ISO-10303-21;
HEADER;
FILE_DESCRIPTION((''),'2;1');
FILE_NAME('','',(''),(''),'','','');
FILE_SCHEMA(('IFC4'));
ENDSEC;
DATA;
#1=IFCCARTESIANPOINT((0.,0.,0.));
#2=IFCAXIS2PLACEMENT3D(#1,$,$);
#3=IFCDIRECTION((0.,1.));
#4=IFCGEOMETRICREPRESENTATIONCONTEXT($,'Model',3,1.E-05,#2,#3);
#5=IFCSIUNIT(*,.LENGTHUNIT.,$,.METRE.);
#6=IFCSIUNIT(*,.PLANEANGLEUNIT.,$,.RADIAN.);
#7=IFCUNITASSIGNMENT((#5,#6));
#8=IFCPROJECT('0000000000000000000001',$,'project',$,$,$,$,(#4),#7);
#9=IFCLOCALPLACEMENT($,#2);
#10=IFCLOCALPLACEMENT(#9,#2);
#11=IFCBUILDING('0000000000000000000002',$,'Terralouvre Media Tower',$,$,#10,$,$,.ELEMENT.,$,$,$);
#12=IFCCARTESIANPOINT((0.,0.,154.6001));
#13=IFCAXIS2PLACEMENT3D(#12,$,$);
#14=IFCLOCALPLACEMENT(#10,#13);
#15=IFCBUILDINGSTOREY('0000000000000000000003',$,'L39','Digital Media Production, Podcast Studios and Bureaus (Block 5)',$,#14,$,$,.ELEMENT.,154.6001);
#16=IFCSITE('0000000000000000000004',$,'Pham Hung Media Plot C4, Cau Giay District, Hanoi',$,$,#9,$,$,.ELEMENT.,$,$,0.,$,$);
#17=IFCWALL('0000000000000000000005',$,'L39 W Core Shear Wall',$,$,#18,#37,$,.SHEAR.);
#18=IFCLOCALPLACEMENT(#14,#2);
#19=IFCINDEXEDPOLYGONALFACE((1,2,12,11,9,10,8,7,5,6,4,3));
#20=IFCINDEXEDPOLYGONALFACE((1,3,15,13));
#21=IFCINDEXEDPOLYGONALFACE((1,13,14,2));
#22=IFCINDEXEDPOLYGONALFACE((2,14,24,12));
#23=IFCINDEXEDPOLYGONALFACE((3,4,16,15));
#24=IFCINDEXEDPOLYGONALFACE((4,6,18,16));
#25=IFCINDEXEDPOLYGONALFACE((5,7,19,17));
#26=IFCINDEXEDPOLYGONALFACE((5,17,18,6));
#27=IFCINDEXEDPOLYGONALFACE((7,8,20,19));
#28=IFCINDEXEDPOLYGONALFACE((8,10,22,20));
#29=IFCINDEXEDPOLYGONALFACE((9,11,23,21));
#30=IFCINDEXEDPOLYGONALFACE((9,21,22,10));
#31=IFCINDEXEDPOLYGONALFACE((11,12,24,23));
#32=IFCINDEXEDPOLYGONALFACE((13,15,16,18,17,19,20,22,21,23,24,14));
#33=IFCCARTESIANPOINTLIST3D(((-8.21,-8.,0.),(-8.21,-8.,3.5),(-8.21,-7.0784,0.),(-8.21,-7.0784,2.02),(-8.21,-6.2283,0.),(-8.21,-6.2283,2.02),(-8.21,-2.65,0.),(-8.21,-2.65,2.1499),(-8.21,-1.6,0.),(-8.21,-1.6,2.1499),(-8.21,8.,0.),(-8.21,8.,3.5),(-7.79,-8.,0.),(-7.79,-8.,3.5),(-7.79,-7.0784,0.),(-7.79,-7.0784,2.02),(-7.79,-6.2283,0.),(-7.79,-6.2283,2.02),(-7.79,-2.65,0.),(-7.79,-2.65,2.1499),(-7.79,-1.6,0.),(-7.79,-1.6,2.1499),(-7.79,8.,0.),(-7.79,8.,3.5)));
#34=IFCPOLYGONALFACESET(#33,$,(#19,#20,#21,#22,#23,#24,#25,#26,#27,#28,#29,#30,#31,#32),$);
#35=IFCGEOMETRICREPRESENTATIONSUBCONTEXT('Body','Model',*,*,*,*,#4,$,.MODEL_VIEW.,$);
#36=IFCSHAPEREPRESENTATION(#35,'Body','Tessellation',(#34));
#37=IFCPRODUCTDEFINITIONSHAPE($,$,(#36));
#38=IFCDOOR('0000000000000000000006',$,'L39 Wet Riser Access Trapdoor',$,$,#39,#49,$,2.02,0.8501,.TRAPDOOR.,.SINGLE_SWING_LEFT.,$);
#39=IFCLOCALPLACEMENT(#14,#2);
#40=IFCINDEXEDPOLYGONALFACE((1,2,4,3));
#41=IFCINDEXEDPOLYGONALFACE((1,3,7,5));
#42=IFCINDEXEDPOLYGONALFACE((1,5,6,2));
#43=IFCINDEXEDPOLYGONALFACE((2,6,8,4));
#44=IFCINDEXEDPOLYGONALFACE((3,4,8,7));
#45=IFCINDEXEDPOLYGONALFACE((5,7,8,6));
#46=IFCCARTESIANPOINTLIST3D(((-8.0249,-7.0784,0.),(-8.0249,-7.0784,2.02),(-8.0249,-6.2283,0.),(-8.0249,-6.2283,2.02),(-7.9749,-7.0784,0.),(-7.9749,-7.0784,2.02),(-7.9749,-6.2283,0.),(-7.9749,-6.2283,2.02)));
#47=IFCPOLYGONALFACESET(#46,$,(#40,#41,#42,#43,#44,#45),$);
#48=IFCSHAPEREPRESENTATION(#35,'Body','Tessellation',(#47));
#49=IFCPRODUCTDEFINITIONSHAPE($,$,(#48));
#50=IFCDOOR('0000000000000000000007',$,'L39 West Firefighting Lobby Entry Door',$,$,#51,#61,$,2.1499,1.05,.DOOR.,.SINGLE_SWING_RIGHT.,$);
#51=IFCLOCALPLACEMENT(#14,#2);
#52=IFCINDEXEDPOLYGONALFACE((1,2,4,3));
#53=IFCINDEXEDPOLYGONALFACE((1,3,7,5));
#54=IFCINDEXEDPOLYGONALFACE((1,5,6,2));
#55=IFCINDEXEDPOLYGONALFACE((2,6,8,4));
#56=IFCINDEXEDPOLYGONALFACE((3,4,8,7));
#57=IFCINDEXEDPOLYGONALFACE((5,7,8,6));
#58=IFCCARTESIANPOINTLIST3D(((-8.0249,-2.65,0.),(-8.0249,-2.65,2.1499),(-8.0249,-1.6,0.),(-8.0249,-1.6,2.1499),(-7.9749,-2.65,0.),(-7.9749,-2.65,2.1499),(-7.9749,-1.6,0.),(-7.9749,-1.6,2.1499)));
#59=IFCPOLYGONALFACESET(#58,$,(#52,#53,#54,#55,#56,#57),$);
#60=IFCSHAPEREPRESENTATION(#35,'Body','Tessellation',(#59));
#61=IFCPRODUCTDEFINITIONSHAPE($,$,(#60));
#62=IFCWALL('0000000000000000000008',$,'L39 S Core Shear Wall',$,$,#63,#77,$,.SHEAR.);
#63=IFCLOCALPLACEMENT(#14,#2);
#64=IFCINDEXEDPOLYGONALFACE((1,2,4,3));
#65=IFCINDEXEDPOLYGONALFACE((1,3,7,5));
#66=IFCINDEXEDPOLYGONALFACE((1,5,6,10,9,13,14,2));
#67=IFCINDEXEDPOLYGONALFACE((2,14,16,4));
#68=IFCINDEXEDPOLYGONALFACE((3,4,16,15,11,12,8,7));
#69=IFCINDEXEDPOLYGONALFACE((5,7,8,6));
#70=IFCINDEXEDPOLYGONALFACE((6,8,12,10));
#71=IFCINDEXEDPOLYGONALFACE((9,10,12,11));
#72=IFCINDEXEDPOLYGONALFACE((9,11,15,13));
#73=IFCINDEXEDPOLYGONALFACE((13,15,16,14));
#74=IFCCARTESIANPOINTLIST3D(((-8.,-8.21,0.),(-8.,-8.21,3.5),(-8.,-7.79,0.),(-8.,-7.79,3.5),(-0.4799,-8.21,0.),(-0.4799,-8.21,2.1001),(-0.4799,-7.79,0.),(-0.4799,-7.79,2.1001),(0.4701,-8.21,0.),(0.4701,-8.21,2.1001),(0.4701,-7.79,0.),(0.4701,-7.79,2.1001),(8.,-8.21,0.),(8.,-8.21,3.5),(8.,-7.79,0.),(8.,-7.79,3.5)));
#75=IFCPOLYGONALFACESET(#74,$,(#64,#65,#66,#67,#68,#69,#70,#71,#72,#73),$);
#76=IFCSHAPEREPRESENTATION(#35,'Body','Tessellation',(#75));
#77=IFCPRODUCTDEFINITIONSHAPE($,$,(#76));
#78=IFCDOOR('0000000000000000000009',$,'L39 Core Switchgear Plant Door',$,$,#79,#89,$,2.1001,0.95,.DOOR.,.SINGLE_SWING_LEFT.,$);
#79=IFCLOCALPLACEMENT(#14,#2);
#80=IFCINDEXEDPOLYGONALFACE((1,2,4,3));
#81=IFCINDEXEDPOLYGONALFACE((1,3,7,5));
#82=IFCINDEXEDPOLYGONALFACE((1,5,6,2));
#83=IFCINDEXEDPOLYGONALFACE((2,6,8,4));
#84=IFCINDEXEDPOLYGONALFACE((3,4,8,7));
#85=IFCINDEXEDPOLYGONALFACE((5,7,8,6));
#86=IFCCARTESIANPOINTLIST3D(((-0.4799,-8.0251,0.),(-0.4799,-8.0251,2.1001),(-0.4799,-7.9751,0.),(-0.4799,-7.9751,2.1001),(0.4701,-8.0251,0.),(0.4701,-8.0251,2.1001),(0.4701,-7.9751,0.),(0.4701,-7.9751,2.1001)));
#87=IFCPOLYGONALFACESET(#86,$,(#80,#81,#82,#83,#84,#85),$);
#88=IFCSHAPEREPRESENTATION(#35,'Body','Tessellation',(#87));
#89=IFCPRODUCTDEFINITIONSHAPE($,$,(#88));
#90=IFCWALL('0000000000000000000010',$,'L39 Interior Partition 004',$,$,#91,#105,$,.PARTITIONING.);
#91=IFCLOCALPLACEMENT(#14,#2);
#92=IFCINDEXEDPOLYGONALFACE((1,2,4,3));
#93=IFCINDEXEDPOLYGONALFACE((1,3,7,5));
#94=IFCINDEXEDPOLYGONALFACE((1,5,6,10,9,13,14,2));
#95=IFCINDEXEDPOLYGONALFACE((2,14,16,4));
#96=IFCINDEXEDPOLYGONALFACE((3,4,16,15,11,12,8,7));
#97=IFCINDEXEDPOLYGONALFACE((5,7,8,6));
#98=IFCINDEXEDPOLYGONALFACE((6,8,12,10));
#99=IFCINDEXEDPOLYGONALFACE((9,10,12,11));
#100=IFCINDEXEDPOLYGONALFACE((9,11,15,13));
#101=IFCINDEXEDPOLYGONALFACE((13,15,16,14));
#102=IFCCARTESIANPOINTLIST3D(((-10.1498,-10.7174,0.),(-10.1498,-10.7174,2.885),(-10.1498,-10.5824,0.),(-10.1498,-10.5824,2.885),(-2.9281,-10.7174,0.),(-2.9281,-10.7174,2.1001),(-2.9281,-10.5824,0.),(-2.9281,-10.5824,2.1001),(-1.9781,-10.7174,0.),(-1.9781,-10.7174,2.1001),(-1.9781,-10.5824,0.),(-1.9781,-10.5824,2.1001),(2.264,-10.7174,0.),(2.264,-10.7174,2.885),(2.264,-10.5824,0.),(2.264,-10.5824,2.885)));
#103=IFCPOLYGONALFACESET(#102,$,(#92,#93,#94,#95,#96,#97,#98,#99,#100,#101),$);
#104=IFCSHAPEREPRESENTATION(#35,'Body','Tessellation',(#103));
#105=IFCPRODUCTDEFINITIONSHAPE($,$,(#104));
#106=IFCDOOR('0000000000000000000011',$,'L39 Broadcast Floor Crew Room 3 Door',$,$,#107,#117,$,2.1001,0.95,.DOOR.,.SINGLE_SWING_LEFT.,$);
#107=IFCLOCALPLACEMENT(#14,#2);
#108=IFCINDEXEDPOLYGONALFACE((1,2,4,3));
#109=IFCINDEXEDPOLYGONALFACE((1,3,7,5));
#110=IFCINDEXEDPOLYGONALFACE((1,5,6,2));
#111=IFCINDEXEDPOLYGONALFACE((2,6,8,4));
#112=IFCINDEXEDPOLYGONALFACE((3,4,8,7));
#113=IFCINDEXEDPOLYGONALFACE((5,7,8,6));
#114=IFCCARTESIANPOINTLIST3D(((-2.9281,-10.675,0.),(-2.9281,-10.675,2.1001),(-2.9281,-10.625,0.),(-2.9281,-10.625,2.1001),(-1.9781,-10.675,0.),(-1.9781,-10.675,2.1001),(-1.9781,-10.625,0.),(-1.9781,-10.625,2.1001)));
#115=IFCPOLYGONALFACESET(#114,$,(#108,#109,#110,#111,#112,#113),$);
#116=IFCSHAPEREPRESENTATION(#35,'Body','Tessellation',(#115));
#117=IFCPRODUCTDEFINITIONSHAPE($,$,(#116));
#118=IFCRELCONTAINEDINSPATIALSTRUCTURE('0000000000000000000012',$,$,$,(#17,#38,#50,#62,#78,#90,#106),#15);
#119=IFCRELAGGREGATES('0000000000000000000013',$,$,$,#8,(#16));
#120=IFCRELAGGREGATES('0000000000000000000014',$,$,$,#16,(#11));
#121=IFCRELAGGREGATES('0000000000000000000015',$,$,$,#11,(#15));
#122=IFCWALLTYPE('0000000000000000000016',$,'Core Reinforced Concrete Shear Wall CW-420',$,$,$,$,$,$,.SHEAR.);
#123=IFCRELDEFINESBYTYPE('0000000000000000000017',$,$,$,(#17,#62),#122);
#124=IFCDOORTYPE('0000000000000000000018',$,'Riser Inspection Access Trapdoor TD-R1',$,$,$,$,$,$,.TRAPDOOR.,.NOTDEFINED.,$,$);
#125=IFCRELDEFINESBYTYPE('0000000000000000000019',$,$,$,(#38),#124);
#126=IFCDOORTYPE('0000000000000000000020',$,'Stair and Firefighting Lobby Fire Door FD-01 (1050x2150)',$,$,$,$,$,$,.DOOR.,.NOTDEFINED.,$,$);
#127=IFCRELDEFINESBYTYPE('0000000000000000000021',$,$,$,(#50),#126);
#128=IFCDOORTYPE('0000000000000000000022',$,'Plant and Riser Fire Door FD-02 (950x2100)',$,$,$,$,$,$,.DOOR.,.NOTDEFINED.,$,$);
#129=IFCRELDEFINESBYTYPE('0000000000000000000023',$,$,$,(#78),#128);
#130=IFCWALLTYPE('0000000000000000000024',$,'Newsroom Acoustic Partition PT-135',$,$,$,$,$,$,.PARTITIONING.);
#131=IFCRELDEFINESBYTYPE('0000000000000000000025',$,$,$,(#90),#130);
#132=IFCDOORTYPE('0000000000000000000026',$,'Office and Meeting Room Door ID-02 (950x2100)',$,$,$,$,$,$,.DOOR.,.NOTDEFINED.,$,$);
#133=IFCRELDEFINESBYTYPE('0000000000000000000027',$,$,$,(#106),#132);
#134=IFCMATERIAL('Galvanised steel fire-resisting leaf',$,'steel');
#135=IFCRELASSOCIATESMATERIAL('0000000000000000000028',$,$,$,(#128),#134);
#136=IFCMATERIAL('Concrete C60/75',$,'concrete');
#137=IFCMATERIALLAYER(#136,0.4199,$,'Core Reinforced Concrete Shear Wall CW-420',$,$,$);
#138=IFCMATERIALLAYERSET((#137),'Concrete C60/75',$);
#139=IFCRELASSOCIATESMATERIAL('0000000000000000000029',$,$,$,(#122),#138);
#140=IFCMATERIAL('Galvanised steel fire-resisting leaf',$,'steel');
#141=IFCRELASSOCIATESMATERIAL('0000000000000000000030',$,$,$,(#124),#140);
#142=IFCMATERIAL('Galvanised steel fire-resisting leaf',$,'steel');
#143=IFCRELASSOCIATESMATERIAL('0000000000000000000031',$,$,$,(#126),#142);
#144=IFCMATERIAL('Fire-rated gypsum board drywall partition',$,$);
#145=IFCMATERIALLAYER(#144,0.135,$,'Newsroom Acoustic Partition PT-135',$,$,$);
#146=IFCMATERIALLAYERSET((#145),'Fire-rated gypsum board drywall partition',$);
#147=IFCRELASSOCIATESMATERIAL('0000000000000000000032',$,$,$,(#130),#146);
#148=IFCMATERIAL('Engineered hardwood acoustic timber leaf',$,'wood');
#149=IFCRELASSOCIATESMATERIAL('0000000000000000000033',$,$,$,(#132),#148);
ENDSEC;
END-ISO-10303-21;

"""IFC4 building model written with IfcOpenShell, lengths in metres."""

from ifc_helpers import new_model, si_unit, direction, frame, frame_2d, origin, place, context, subcontext, project, spatial, rectangle, extrude, material, layer, layer_set, type_object, element, fill, save


model = new_model("IFC4")

# Units and contexts
model_context = context("Model", 3, precision=1e-05, world=origin(), true_north=direction((0.0, 1.0)))
body_context = subcontext(model_context, "Body", "Model", "MODEL_VIEW")
ifc_project = project(units=[si_unit("LENGTHUNIT", "METRE"), si_unit("PLANEANGLEUNIT", "RADIAN")], contexts=[model_context])

# Site, building, storey
site_placement = place(None, origin())
site = spatial("IfcSite", under=ifc_project, at=site_placement, Name="Pham Hung Media Plot C4, Cau Giay District, Hanoi", CompositionType="ELEMENT", RefElevation=0.0)
building_placement = place(site_placement, origin())
building = spatial("IfcBuilding", under=site, at=building_placement, Name="Terralouvre Media Tower", CompositionType="ELEMENT")
storey_placement = place(building_placement, frame((0.0, 0.0, 154.6001)))
storey = spatial("IfcBuildingStorey", under=building, at=storey_placement, Name="L39", Description="Digital Media Production, Podcast Studios and Bureaus (Block 5)", CompositionType="ELEMENT", Elevation=154.6001)

# Wall, openings, doors
ifc_material_1 = material(Name="Galvanised steel fire-resisting leaf", Category="steel")
door_type_1 = type_object("IfcDoorType", Name="Plant and Riser Fire Door FD-02 (950x2100)", OperationType="NOTDEFINED", PredefinedType="DOOR", material=ifc_material_1)
ifc_material_2 = material(Name="Concrete C60/75", Category="concrete")
ifc_layer_1 = layer(ifc_material_2, 0.4199, Name="Core Reinforced Concrete Shear Wall CW-420")
ifc_layer_set_1 = layer_set([ifc_layer_1], Name="Concrete C60/75")
wall_type_1 = type_object("IfcWallType", Name="Core Reinforced Concrete Shear Wall CW-420", PredefinedType="SHEAR", material=ifc_layer_set_1)
wall_1_placement = place(storey_placement, frame((-8.0, -8.0, 0.0), z_axis=(0.0, 0.0, 1.0), x_axis=(0.0, 1.0, 0.0)))
wall_1 = element("IfcWall", 1, at=wall_1_placement, inside=storey, type_object=wall_type_1, Name="L39 W Core Shear Wall", PredefinedType="SHEAR", context=body_context, shape_type="SweptSolid", body=[
    extrude(rectangle(XDim=16.0, YDim=0.4199, at=frame_2d((8.0, 0.0))), origin(), (0.0, 0.0, 1.0), 3.5),
])
opening_1_placement = place(wall_1_placement, frame((0.9216, 0.0, 0.0)))
opening_1 = element("IfcOpeningElement", 2, at=opening_1_placement, cuts=wall_1, PredefinedType="OPENING", context=body_context, shape_type="SweptSolid", body=[
    extrude(rectangle(XDim=0.8501, YDim=2.02, at=frame_2d((0.425, 1.01))), frame((0.0, 0.22, 0.0), z_axis=(0.0, -1.0, 0.0), x_axis=(1.0, 0.0, 0.0)), (0.0, 0.0, 1.0), 0.4399),
])
opening_2_placement = place(wall_1_placement, frame((5.3501, 0.0, 0.0)))
opening_2 = element("IfcOpeningElement", 3, at=opening_2_placement, cuts=wall_1, PredefinedType="OPENING", context=body_context, shape_type="SweptSolid", body=[
    extrude(rectangle(XDim=1.05, YDim=2.1499, at=frame_2d((0.5249, 1.075))), frame((0.0, 0.22, 0.0), z_axis=(0.0, -1.0, 0.0), x_axis=(1.0, 0.0, 0.0)), (0.0, 0.0, 1.0), 0.4399),
])
ifc_material_3 = material(Name="Galvanised steel fire-resisting leaf", Category="steel")
door_type_2 = type_object("IfcDoorType", Name="Riser Inspection Access Trapdoor TD-R1", OperationType="NOTDEFINED", PredefinedType="TRAPDOOR", material=ifc_material_3)
door_1_placement = place(opening_1_placement, origin())
door_1 = element("IfcDoor", 4, at=door_1_placement, inside=storey, type_object=door_type_2, Name="L39 Wet Riser Access Trapdoor", OperationType="SINGLE_SWING_LEFT", OverallHeight=2.02, OverallWidth=0.8501, PredefinedType="TRAPDOOR", context=body_context, shape_type="SweptSolid", body=[
    extrude(rectangle(XDim=0.8501, YDim=2.02, at=frame_2d((0.425, 1.01))), frame((0.0, 0.0249, 0.0), z_axis=(0.0, -1.0, 0.0), x_axis=(1.0, 0.0, 0.0)), (0.0, 0.0, 1.0), 0.05),
])
fill(opening_1, door_1)
ifc_material_4 = material(Name="Galvanised steel fire-resisting leaf", Category="steel")
door_type_3 = type_object("IfcDoorType", Name="Stair and Firefighting Lobby Fire Door FD-01 (1050x2150)", OperationType="NOTDEFINED", PredefinedType="DOOR", material=ifc_material_4)
door_2_placement = place(opening_2_placement, origin())
door_2 = element("IfcDoor", 5, at=door_2_placement, inside=storey, type_object=door_type_3, Name="L39 West Firefighting Lobby Entry Door", OperationType="SINGLE_SWING_RIGHT", OverallHeight=2.1499, OverallWidth=1.05, PredefinedType="DOOR", context=body_context, shape_type="SweptSolid", body=[
    extrude(rectangle(XDim=1.05, YDim=2.1499, at=frame_2d((0.5249, 1.075))), frame((0.0, 0.0249, 0.0), z_axis=(0.0, -1.0, 0.0), x_axis=(1.0, 0.0, 0.0)), (0.0, 0.0, 1.0), 0.05),
])
fill(opening_2, door_2)

# Walls, openings, doors
wall_2_placement = place(storey_placement, frame((-8.0, -8.0, 0.0), z_axis=(0.0, 0.0, 1.0), x_axis=(1.0, 0.0, 0.0)))
wall_2 = element("IfcWall", 6, at=wall_2_placement, inside=storey, type_object=wall_type_1, Name="L39 S Core Shear Wall", PredefinedType="SHEAR", context=body_context, shape_type="SweptSolid", body=[
    extrude(rectangle(XDim=16.0, YDim=0.4199, at=frame_2d((8.0, 0.0))), origin(), (0.0, 0.0, 1.0), 3.5),
])
opening_3_placement = place(wall_2_placement, frame((7.52, 0.0, 0.0)))
opening_3 = element("IfcOpeningElement", 7, at=opening_3_placement, cuts=wall_2, PredefinedType="OPENING", context=body_context, shape_type="SweptSolid", body=[
    extrude(rectangle(XDim=0.95, YDim=2.1001, at=frame_2d((0.4751, 1.05))), frame((0.0, 0.22, 0.0), z_axis=(0.0, -1.0, 0.0), x_axis=(1.0, 0.0, 0.0)), (0.0, 0.0, 1.0), 0.4399),
])
door_3_placement = place(opening_3_placement, origin())
door_3 = element("IfcDoor", 8, at=door_3_placement, inside=storey, type_object=door_type_1, Name="L39 Core Switchgear Plant Door", OperationType="SINGLE_SWING_LEFT", OverallHeight=2.1001, OverallWidth=0.95, PredefinedType="DOOR", context=body_context, shape_type="SweptSolid", body=[
    extrude(rectangle(XDim=0.95, YDim=2.1001, at=frame_2d((0.4751, 1.05))), frame((0.0, 0.0249, 0.0), z_axis=(0.0, -1.0, 0.0), x_axis=(1.0, 0.0, 0.0)), (0.0, 0.0, 1.0), 0.05),
])
fill(opening_3, door_3)
ifc_material_5 = material(Name="Fire-rated gypsum board drywall partition")
ifc_layer_2 = layer(ifc_material_5, 0.135, Name="Newsroom Acoustic Partition PT-135")
ifc_layer_set_2 = layer_set([ifc_layer_2], Name="Fire-rated gypsum board drywall partition")
wall_type_2 = type_object("IfcWallType", Name="Newsroom Acoustic Partition PT-135", PredefinedType="PARTITIONING", material=ifc_layer_set_2)
wall_3_placement = place(storey_placement, frame((-10.1499, -10.6499, 0.0), z_axis=(0.0, 0.0, 1.0), x_axis=(1.0, 0.0, 0.0)))
wall_3 = element("IfcWall", 9, at=wall_3_placement, inside=storey, type_object=wall_type_2, Name="L39 Interior Partition 004", PredefinedType="PARTITIONING", context=body_context, shape_type="SweptSolid", body=[
    extrude(rectangle(XDim=12.4138, YDim=0.135, at=frame_2d((6.207, 0.0))), origin(), (0.0, 0.0, 1.0), 2.885),
])
opening_4_placement = place(wall_3_placement, frame((7.2217, 0.0, 0.0)))
opening_4 = element("IfcOpeningElement", 10, at=opening_4_placement, cuts=wall_3, PredefinedType="OPENING", context=body_context, shape_type="SweptSolid", body=[
    extrude(rectangle(XDim=0.95, YDim=2.1001, at=frame_2d((0.4751, 1.05))), frame((0.0, 0.0774, 0.0), z_axis=(0.0, -1.0, 0.0), x_axis=(1.0, 0.0, 0.0)), (0.0, 0.0, 1.0), 0.155),
])
ifc_material_6 = material(Name="Engineered hardwood acoustic timber leaf", Category="wood")
door_type_4 = type_object("IfcDoorType", Name="Office and Meeting Room Door ID-02 (950x2100)", OperationType="NOTDEFINED", PredefinedType="DOOR", material=ifc_material_6)
door_4_placement = place(opening_4_placement, origin())
door_4 = element("IfcDoor", 11, at=door_4_placement, inside=storey, type_object=door_type_4, Name="L39 Broadcast Floor Crew Room 3 Door", OperationType="SINGLE_SWING_LEFT", OverallHeight=2.1001, OverallWidth=0.95, PredefinedType="DOOR", context=body_context, shape_type="SweptSolid", body=[
    extrude(rectangle(XDim=0.95, YDim=2.1001, at=frame_2d((0.4751, 1.05))), frame((0.0, 0.0249, 0.0), z_axis=(0.0, -1.0, 0.0), x_axis=(1.0, 0.0, 0.0)), (0.0, 0.0, 1.0), 0.05),
])
fill(opening_4, door_4)

save(model, "model.ifc")
